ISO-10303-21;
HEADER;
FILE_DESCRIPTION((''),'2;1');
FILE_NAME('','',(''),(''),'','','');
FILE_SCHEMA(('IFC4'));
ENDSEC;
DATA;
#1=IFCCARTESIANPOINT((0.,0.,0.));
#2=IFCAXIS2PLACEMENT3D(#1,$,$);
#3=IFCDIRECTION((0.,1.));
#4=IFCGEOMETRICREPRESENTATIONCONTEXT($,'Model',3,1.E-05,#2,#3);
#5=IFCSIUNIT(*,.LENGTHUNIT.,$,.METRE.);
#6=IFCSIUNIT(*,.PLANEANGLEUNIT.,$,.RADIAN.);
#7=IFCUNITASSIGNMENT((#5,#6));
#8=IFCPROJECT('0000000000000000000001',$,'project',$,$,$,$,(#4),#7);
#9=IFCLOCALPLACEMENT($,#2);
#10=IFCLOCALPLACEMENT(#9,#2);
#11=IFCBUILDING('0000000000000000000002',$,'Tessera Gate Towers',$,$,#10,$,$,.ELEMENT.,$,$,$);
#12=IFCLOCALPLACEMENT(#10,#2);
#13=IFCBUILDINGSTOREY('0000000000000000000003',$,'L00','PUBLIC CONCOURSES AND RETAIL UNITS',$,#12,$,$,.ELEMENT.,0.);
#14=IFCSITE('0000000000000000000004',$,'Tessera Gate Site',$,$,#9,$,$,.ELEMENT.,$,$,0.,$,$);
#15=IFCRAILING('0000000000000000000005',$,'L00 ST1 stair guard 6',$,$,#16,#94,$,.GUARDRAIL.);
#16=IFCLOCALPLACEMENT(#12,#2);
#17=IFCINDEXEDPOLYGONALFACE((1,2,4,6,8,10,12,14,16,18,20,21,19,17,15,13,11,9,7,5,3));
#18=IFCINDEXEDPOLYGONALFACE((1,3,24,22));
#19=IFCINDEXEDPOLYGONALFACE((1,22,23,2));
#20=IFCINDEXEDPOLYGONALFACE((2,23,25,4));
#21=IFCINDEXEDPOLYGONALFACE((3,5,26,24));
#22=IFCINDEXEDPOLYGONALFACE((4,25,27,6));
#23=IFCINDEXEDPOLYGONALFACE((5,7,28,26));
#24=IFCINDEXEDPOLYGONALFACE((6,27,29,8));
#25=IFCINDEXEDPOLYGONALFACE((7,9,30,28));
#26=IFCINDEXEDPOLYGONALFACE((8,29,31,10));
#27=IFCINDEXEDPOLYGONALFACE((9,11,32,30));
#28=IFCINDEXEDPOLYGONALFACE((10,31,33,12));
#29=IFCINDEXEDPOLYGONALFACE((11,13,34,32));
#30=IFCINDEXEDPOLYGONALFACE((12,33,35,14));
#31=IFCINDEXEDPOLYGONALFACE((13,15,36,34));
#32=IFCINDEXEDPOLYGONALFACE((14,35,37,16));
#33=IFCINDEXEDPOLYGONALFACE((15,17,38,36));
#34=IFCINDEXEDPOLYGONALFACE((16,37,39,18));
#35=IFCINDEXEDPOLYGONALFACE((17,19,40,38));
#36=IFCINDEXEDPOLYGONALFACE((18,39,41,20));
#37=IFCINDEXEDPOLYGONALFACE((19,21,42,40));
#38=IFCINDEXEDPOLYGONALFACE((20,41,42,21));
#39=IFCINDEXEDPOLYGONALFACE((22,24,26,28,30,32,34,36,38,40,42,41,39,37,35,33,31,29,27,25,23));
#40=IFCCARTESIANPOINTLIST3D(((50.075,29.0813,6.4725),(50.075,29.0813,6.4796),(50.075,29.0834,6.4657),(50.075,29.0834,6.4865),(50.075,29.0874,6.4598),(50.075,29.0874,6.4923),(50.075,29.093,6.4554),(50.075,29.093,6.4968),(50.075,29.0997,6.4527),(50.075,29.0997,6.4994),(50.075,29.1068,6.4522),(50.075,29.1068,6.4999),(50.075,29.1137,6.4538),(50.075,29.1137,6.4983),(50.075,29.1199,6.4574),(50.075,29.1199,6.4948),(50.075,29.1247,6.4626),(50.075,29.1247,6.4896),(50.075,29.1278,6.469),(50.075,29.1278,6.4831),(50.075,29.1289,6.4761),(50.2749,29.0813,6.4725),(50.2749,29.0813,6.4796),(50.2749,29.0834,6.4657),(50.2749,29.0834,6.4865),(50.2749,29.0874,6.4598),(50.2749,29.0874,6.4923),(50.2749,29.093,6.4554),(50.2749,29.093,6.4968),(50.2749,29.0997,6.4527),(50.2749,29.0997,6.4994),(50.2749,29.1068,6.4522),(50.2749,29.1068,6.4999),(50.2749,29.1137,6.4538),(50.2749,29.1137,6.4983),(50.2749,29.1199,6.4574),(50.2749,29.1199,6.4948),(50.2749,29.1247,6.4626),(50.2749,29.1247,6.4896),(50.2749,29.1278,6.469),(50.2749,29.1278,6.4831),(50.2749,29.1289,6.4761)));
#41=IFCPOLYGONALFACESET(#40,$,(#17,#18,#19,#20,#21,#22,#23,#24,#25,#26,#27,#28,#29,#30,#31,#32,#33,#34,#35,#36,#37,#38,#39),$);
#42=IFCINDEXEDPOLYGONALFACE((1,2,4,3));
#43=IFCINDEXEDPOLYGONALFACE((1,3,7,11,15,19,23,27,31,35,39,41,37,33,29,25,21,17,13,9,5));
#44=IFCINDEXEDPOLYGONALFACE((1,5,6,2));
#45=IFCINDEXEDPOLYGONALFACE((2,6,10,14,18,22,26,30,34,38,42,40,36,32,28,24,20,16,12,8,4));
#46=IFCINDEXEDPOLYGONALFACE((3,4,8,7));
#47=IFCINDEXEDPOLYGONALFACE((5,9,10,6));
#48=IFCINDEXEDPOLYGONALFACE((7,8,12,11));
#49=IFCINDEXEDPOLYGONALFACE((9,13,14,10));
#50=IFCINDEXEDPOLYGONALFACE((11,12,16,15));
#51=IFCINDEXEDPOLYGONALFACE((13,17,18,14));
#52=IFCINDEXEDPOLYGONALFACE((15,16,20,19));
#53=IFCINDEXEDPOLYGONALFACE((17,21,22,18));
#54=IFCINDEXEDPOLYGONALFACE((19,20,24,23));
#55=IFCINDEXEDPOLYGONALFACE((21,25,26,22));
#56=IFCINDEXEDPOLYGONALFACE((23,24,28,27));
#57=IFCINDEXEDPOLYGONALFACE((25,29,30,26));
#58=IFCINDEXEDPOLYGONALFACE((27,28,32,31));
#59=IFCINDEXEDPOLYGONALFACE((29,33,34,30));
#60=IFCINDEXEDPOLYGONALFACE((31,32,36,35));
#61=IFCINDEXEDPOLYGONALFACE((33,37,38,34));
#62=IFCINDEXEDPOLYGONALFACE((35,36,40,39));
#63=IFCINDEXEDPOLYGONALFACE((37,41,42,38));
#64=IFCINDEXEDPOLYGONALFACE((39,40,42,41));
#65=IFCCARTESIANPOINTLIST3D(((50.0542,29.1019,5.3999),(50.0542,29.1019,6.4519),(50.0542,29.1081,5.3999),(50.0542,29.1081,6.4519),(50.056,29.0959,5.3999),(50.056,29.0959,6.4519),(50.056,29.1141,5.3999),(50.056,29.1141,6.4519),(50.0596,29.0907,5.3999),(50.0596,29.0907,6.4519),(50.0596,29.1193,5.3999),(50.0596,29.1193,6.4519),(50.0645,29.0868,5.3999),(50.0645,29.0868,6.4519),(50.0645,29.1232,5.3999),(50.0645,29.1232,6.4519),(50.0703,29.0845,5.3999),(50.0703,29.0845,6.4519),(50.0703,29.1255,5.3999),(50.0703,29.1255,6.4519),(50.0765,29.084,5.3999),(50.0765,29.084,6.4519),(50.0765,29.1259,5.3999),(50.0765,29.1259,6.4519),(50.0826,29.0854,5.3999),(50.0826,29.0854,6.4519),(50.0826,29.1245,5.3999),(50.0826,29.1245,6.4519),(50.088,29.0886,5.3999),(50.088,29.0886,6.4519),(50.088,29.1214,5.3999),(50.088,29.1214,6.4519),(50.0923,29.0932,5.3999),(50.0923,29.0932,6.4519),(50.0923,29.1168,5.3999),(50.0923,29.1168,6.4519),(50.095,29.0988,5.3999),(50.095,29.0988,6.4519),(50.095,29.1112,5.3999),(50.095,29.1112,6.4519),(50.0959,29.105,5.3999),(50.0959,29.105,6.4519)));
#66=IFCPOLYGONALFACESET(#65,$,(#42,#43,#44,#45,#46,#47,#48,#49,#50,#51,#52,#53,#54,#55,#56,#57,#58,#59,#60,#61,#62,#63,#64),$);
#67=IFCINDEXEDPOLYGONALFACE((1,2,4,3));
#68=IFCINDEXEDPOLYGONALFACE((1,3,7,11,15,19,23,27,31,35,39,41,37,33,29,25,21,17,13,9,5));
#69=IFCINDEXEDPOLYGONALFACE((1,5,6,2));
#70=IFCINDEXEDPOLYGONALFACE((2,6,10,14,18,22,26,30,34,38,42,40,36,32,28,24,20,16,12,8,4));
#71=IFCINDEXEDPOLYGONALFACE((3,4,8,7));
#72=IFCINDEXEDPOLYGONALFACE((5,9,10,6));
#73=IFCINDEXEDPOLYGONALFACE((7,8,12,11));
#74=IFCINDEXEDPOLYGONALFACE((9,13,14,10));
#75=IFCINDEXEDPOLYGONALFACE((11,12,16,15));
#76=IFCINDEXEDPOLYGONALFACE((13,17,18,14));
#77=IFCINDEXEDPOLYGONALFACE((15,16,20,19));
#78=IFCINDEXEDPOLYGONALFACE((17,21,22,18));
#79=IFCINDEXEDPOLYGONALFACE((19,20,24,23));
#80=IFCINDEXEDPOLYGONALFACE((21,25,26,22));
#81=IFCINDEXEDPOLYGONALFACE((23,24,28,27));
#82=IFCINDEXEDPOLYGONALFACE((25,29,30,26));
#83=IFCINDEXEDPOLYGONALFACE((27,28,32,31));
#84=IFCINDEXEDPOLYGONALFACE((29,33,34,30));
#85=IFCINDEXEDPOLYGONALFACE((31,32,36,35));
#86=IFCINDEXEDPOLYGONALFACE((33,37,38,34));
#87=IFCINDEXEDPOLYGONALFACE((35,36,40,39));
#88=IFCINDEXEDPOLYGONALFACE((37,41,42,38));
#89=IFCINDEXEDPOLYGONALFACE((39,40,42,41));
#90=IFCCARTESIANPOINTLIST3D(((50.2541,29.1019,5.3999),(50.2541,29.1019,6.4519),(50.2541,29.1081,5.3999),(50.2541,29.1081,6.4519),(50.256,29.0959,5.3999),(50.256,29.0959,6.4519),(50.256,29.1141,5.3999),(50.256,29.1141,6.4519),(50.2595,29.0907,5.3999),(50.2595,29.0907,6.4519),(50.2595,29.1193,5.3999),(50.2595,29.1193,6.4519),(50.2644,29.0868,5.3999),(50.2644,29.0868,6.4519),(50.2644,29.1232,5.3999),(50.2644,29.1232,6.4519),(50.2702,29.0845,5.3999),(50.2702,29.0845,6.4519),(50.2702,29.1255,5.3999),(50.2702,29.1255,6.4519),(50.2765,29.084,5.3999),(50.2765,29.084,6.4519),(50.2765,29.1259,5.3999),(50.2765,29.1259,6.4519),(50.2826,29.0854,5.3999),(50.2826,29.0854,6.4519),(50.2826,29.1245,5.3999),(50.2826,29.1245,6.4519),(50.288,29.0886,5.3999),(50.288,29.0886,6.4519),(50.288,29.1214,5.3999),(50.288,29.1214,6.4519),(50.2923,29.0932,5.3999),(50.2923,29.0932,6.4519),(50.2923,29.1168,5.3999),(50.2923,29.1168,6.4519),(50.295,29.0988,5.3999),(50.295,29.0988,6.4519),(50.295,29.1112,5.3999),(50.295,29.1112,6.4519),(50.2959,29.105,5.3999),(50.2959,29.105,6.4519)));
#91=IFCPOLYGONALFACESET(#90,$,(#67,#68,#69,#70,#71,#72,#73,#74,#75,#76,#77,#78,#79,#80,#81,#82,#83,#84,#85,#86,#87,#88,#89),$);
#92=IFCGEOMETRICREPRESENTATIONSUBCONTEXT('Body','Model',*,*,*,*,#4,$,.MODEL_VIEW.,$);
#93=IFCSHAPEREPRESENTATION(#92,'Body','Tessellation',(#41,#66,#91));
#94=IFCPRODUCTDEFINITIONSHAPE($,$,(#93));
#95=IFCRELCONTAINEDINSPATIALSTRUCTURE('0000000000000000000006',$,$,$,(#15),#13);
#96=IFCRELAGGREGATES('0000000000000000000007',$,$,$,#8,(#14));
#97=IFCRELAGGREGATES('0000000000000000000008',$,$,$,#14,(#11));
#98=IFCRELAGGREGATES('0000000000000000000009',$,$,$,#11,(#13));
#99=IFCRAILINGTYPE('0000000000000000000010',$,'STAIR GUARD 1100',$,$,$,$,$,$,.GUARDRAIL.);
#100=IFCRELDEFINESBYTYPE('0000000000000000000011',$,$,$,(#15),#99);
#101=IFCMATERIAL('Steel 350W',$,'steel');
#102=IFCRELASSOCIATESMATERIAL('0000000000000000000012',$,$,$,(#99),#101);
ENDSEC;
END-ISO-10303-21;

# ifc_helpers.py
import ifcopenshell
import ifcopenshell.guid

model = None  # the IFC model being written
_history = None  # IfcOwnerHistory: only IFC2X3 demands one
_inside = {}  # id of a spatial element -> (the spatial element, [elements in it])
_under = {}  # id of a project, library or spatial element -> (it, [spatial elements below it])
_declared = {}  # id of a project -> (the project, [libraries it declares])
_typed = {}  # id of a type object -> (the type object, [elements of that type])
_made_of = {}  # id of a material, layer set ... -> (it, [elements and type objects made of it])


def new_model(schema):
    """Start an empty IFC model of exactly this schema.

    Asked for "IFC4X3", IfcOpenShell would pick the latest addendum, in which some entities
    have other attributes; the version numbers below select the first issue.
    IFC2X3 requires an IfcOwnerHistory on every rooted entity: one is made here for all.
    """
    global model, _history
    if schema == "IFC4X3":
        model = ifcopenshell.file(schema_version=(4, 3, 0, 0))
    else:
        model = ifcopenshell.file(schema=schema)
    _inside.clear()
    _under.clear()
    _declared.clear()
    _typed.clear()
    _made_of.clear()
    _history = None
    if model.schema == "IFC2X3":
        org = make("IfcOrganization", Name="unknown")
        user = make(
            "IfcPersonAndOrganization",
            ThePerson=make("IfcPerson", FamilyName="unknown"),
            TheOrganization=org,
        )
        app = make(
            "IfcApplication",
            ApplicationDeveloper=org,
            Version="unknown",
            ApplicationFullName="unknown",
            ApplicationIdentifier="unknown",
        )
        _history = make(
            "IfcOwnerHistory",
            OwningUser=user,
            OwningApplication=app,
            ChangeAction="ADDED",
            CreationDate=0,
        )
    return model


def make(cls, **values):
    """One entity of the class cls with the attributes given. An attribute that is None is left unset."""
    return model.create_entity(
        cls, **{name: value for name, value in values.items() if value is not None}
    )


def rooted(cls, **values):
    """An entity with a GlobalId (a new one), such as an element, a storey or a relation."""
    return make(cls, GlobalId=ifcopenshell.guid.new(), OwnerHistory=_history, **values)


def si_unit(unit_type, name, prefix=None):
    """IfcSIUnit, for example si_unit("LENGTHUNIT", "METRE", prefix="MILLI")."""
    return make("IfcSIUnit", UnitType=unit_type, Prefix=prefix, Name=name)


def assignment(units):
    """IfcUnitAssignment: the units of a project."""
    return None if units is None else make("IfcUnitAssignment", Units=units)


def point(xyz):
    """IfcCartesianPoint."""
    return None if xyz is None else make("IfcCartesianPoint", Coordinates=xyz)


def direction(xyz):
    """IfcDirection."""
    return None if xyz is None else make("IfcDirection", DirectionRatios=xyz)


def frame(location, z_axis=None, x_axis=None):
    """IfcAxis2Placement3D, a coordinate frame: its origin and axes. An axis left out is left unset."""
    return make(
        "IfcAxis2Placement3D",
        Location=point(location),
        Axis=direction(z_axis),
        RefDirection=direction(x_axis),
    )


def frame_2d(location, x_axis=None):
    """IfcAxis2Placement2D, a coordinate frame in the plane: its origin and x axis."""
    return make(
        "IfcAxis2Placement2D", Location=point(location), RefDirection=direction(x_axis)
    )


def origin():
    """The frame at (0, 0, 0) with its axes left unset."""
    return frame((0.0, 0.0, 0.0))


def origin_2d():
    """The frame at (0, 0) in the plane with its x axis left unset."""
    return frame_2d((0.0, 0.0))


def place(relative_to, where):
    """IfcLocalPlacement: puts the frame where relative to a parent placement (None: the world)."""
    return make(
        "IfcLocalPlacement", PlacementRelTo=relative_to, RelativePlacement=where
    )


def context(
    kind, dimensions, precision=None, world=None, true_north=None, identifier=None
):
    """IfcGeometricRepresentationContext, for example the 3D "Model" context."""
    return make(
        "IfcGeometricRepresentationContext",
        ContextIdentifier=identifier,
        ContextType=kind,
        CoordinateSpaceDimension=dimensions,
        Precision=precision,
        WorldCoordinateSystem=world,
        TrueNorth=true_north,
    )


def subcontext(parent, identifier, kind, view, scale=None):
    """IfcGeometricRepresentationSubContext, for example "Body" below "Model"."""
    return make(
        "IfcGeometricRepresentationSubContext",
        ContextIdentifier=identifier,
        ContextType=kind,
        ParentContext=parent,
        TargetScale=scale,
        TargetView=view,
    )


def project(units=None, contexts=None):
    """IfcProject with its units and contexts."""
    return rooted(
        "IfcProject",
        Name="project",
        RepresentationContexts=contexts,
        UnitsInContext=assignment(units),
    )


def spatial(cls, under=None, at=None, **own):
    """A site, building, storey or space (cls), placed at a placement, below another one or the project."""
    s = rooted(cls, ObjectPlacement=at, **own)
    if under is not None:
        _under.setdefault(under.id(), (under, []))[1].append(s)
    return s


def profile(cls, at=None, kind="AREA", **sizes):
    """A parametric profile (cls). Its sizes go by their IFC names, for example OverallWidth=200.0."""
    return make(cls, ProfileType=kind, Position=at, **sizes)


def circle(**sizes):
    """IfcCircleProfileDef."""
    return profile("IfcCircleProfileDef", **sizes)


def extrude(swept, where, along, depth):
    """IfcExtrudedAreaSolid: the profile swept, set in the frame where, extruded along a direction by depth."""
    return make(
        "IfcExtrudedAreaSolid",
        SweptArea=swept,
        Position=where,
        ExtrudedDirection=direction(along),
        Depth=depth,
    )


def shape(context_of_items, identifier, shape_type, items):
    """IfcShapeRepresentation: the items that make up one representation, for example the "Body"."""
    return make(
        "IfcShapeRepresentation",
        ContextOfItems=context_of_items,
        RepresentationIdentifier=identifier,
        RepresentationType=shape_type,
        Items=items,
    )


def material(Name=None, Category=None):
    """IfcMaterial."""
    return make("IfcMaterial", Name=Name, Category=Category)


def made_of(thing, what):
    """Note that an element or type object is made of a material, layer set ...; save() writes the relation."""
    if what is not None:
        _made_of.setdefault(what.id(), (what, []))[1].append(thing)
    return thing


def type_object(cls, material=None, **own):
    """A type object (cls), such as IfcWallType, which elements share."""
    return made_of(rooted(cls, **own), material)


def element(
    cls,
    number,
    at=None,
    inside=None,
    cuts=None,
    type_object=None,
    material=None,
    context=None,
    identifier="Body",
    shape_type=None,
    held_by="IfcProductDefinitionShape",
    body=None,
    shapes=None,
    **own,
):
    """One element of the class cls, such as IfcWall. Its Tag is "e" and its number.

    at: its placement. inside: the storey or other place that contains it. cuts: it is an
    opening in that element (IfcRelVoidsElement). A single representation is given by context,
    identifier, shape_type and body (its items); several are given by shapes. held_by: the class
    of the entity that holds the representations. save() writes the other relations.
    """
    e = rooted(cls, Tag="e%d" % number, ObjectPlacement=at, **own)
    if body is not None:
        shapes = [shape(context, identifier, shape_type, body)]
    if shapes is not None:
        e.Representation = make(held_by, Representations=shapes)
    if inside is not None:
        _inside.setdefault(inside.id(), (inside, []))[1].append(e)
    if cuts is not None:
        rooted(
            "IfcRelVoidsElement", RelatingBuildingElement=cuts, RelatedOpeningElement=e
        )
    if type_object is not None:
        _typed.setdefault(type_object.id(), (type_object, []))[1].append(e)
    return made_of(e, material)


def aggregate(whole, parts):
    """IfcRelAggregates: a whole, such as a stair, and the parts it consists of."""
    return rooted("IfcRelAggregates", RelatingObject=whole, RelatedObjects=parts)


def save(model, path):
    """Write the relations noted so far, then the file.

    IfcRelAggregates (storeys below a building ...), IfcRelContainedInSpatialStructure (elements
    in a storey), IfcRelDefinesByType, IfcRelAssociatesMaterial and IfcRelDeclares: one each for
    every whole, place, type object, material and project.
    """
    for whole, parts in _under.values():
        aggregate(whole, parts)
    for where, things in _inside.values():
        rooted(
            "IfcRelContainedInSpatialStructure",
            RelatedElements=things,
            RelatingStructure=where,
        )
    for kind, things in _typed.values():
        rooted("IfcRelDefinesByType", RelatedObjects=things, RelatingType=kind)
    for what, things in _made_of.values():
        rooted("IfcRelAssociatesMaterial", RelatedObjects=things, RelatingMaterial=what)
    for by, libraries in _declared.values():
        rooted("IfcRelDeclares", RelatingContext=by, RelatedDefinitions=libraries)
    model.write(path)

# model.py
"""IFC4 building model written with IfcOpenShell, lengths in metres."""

from ifc_helpers import new_model, si_unit, direction, frame, origin, origin_2d, place, context, subcontext, project, spatial, circle, extrude, material, type_object, element, save


model = new_model("IFC4")

# Units and contexts
model_context = context("Model", 3, precision=1e-05, world=origin(), true_north=direction((0.0, 1.0)))
body_context = subcontext(model_context, "Body", "Model", "MODEL_VIEW")
ifc_project = project(units=[si_unit("LENGTHUNIT", "METRE"), si_unit("PLANEANGLEUNIT", "RADIAN")], contexts=[model_context])

# Site, building, storey
site_placement = place(None, origin())
site = spatial("IfcSite", under=ifc_project, at=site_placement, Name="Tessera Gate Site", CompositionType="ELEMENT", RefElevation=0.0)
building_placement = place(site_placement, origin())
building = spatial("IfcBuilding", under=site, at=building_placement, Name="Tessera Gate Towers", CompositionType="ELEMENT")
storey_placement = place(building_placement, origin())
storey = spatial("IfcBuildingStorey", under=building, at=storey_placement, Name="L00", Description="PUBLIC CONCOURSES AND RETAIL UNITS", CompositionType="ELEMENT", Elevation=0.0)

# Railing
ifc_material_1 = material(Name="Steel 350W", Category="steel")
railing_type_1 = type_object("IfcRailingType", Name="STAIR GUARD 1100", PredefinedType="GUARDRAIL", material=ifc_material_1)
railing_1_placement = place(storey_placement, frame((50.075, 29.105, 5.3999)))
element("IfcRailing", 1, at=railing_1_placement, inside=storey, type_object=railing_type_1, Name="L00 ST1 stair guard 6", PredefinedType="GUARDRAIL", context=body_context, shape_type="SweptSolid", body=[
    extrude(circle(Radius=0.0239, at=origin_2d()), frame((0.0, 0.0, 1.0762), z_axis=(1.0, 0.0, 0.0), x_axis=(0.0, 1.0, 0.0)), (0.0, 0.0, 1.0), 0.2),
    extrude(circle(Radius=0.021, at=origin_2d()), origin(), (0.0, 0.0, 1.0), 1.052),
    extrude(circle(Radius=0.021, at=origin_2d()), frame((0.2, 0.0, 0.0)), (0.0, 0.0, 1.0), 1.052),
])

save(model, "model.ifc")
